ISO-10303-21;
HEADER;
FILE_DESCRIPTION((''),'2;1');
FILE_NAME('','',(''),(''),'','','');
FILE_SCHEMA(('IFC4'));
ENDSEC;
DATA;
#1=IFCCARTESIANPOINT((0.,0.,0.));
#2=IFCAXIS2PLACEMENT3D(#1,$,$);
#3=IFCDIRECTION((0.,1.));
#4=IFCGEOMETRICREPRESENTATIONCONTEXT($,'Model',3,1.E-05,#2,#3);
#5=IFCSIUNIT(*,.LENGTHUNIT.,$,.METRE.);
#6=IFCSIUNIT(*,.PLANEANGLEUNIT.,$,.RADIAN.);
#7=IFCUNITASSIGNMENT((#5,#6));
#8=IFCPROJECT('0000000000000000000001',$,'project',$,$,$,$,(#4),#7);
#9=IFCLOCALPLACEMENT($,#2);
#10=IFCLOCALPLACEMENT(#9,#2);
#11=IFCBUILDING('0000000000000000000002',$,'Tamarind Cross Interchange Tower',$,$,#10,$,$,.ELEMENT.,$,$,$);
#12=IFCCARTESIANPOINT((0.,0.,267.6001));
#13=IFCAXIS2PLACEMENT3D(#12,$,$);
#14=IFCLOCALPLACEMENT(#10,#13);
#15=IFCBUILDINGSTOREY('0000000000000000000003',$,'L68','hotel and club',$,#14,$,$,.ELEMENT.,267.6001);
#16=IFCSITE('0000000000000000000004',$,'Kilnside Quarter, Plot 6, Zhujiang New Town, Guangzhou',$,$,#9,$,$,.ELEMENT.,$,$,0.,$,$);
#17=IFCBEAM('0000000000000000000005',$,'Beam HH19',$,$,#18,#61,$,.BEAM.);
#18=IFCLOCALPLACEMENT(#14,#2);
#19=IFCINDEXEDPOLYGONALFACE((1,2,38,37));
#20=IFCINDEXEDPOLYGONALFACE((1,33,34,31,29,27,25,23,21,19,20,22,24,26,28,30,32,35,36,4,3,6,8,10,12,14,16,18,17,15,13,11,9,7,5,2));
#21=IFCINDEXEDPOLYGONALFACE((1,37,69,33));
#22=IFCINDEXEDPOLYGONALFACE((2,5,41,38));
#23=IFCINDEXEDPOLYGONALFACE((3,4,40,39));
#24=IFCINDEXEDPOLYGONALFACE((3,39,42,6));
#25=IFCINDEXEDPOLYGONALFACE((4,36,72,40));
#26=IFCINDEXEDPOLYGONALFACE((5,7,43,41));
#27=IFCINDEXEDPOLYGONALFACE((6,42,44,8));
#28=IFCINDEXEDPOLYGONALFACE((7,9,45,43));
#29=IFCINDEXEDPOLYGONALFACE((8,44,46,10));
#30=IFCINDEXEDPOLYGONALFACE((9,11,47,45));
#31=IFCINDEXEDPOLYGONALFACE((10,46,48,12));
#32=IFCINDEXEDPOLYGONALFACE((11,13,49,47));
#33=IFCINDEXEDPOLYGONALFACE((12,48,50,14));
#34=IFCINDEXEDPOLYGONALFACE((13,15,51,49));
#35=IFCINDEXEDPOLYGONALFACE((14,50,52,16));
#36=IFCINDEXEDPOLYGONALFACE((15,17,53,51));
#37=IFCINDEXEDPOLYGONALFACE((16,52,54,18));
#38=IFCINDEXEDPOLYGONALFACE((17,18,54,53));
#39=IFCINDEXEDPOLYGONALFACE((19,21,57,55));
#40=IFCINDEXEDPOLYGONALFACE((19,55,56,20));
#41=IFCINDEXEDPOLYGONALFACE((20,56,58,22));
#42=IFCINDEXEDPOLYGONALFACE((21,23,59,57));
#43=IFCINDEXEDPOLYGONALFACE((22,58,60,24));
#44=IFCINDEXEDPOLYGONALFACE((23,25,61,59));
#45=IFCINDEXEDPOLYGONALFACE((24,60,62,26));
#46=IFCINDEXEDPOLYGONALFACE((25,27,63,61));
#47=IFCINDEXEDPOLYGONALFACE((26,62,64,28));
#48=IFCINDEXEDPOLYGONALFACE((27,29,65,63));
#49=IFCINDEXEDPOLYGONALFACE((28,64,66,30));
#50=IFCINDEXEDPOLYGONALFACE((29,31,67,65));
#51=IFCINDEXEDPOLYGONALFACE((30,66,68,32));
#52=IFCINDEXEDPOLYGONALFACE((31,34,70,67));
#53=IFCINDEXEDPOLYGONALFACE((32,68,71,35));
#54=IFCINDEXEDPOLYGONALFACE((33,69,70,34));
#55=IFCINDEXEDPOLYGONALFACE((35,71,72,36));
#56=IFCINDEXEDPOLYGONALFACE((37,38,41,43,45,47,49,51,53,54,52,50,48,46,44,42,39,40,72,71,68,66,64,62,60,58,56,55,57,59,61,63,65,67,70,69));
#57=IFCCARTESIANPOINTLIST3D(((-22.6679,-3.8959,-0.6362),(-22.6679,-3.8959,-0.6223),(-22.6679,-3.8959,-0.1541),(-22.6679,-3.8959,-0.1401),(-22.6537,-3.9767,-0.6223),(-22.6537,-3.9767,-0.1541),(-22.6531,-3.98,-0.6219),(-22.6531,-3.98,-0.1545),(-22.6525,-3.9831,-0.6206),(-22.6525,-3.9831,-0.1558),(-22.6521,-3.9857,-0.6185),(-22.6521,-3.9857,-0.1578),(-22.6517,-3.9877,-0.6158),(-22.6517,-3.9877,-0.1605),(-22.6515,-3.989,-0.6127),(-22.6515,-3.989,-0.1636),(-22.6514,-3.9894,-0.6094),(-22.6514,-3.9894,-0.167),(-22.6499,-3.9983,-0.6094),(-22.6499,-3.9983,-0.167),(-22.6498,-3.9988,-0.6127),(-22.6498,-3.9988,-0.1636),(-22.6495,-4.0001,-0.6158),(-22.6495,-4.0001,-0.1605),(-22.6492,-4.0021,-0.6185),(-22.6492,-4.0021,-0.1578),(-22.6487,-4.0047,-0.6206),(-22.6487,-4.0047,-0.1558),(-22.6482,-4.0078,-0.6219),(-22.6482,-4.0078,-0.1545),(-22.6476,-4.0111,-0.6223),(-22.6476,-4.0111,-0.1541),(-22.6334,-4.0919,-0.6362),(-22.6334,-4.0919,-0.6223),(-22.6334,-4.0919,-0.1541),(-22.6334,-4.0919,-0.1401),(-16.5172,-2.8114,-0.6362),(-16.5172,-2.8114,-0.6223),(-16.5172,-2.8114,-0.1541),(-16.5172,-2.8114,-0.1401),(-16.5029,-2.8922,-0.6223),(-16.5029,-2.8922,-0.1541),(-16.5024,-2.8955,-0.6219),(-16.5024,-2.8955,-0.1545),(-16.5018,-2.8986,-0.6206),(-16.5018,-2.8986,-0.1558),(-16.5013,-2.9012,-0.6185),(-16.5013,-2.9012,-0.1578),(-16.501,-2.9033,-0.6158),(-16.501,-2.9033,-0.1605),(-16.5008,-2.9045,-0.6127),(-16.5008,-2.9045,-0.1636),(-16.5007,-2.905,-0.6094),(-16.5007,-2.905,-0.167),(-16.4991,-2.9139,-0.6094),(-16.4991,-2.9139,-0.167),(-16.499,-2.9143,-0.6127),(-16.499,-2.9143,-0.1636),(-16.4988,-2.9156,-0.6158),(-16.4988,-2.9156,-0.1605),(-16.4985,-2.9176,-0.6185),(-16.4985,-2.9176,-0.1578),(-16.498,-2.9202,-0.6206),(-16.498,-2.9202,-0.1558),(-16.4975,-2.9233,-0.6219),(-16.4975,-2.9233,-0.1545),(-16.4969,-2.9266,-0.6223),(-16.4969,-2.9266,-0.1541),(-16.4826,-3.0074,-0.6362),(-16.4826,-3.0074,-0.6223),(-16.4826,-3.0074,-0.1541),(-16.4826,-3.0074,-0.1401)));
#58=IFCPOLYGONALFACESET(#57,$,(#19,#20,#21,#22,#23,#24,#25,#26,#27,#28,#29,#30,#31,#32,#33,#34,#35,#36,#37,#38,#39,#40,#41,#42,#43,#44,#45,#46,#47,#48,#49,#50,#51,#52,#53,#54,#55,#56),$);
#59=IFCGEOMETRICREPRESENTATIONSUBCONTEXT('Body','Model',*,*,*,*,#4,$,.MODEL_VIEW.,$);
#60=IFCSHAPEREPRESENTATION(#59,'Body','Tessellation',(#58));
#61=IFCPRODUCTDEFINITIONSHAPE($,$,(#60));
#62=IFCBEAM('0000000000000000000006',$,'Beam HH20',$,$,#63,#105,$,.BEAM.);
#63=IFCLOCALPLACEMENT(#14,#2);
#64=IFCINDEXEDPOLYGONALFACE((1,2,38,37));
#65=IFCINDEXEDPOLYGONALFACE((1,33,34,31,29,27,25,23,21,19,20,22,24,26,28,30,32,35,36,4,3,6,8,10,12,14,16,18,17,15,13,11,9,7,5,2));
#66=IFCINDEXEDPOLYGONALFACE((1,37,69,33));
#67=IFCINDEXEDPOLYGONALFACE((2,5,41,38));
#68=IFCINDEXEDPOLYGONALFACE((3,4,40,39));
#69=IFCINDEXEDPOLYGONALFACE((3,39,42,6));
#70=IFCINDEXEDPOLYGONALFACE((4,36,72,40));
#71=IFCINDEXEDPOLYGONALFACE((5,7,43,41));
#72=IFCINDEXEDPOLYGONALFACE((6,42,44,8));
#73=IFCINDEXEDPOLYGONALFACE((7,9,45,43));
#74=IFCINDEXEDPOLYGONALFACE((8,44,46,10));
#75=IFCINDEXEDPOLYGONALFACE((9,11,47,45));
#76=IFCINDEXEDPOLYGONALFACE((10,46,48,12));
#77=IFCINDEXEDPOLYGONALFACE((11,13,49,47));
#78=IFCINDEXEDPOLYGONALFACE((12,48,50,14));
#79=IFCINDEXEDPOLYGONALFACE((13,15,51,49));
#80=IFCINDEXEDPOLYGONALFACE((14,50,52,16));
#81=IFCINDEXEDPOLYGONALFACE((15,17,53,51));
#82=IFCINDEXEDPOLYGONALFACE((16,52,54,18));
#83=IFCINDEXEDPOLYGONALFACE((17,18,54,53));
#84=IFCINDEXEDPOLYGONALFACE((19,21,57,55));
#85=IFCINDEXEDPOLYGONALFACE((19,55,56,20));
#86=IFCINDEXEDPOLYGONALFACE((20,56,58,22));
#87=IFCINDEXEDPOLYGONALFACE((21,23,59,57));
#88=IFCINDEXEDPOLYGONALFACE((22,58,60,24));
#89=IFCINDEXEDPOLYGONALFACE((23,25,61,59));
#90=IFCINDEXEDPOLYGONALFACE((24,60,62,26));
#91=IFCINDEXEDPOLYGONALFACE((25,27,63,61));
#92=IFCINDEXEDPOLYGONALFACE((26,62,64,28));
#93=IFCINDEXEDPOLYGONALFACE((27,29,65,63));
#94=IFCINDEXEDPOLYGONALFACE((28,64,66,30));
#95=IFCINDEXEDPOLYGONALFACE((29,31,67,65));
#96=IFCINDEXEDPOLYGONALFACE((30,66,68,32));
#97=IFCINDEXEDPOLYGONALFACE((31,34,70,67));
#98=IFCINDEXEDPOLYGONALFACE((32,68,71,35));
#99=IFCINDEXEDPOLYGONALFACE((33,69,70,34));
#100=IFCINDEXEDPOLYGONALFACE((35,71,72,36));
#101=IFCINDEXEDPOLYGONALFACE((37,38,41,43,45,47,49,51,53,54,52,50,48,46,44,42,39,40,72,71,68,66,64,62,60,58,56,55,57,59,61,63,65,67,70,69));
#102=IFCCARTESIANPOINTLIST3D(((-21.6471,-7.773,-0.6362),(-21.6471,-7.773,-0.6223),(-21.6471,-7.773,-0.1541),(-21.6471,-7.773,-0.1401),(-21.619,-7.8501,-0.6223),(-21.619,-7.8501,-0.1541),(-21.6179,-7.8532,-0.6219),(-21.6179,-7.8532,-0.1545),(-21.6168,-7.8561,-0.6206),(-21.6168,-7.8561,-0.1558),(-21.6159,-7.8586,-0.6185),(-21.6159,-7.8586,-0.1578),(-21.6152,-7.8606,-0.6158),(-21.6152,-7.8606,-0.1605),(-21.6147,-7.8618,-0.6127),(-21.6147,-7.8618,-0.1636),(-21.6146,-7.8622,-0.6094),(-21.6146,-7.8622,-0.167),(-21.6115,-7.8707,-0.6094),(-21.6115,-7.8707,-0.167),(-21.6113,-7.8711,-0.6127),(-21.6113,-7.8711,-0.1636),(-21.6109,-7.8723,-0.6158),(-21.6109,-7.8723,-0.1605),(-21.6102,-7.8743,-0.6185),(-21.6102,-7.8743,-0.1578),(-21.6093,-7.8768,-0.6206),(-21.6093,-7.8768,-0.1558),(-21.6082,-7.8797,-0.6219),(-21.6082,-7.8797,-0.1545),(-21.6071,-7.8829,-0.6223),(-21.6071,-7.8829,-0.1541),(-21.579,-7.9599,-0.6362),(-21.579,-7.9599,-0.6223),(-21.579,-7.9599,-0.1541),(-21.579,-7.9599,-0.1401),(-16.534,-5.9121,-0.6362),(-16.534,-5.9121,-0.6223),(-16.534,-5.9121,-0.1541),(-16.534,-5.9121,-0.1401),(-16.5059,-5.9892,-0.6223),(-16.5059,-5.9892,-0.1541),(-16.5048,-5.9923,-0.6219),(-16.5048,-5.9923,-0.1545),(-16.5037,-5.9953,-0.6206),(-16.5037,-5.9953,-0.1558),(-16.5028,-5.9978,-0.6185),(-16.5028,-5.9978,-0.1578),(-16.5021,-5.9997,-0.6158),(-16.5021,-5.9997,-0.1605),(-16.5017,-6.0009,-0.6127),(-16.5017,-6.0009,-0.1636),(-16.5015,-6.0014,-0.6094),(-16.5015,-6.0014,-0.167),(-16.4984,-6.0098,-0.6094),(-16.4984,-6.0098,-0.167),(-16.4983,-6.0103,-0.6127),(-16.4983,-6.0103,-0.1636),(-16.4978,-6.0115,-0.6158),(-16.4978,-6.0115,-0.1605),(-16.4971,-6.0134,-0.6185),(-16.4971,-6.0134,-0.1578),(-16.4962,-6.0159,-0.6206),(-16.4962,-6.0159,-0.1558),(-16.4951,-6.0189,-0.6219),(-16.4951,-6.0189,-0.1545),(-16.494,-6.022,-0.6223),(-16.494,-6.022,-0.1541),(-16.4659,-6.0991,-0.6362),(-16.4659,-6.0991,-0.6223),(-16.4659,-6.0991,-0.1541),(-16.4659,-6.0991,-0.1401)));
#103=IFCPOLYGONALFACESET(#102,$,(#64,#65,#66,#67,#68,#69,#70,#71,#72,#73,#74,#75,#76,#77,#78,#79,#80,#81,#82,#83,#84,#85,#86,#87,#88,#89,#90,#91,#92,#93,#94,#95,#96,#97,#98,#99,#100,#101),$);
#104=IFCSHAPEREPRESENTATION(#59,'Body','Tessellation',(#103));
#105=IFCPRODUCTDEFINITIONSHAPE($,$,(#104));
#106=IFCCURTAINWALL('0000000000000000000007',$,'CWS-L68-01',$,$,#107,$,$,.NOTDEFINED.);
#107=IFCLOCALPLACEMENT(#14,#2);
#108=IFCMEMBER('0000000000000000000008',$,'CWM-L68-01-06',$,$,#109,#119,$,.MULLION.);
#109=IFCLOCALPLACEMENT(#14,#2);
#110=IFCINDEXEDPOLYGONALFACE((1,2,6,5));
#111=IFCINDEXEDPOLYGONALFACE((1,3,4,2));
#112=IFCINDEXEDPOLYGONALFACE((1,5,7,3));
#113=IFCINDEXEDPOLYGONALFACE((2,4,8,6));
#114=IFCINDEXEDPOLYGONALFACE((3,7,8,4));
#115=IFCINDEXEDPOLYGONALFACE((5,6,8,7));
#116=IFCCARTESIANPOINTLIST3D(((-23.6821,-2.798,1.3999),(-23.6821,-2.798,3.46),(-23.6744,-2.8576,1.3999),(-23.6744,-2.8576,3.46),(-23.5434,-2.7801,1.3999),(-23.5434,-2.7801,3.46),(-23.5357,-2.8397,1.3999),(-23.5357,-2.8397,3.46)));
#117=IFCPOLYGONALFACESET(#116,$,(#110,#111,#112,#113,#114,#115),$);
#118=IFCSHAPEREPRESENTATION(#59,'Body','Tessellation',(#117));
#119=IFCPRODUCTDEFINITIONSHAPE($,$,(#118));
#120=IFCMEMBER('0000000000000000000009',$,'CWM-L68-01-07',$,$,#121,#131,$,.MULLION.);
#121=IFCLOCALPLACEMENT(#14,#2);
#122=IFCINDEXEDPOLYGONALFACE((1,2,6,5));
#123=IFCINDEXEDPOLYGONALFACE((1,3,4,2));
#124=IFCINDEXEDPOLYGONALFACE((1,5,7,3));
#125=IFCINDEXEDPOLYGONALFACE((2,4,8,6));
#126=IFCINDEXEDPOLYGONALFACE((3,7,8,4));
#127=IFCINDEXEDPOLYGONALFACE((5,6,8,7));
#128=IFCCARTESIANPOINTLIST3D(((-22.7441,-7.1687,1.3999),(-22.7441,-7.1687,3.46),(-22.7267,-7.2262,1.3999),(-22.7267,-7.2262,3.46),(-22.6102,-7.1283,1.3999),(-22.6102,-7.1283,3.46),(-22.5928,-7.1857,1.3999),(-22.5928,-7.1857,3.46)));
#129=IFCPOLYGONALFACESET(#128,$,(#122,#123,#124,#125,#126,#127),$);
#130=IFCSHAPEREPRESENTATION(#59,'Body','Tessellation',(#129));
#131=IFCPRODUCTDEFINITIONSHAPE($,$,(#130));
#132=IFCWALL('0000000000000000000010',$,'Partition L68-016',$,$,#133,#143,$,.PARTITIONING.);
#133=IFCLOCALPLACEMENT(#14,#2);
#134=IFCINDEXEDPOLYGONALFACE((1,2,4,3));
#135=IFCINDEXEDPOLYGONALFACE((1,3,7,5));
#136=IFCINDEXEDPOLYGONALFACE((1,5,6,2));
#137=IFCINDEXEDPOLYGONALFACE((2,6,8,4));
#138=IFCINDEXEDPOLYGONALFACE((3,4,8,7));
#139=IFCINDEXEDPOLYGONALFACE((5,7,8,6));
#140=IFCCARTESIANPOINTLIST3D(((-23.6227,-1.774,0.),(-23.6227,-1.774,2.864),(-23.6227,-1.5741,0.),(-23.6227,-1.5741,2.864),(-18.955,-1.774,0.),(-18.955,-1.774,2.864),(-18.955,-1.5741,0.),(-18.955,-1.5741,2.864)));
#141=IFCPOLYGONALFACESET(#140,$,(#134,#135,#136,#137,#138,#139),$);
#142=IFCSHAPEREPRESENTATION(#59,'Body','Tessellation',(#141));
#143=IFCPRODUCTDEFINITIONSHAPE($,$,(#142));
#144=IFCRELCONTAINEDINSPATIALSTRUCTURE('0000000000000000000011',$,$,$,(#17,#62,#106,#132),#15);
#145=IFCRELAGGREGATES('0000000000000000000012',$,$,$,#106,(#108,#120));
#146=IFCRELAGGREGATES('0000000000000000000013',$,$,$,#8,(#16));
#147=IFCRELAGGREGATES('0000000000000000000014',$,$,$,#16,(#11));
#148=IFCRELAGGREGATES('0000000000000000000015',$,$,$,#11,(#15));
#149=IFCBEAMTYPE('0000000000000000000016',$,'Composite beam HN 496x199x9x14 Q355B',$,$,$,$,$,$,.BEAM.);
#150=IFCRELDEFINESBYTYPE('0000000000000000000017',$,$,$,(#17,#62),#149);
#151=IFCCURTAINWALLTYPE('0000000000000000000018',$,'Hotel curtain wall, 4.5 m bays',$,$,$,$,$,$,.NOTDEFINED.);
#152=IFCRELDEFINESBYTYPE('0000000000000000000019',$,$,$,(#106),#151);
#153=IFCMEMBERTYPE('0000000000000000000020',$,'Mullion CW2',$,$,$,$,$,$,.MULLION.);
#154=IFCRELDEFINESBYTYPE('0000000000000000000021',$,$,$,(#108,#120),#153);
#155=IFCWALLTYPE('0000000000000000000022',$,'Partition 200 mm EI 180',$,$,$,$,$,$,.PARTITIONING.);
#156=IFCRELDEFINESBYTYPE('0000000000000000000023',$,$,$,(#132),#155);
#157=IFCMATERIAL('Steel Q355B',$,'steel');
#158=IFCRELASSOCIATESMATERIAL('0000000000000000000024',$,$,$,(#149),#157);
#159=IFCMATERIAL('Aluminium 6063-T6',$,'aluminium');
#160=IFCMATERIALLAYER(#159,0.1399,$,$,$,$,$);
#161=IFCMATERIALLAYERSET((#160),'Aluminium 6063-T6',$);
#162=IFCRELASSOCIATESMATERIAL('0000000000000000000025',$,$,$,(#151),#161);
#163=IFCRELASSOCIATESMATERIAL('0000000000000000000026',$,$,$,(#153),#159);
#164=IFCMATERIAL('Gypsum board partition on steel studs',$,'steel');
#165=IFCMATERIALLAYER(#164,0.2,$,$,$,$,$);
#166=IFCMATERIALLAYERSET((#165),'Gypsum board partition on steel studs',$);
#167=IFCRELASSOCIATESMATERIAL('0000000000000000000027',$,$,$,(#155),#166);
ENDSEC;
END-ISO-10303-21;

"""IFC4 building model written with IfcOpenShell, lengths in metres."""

from ifc_helpers import new_model, si_unit, direction, frame, frame_2d, origin, origin_2d, place, context, subcontext, project, spatial, rectangle, i_section, extrude, material, layer, layer_set, material_profile, profile_set, type_object, element, aggregate, save


model = new_model("IFC4")

# Units and contexts
model_context = context("Model", 3, precision=1e-05, world=origin(), true_north=direction((0.0, 1.0)))
body_context = subcontext(model_context, "Body", "Model", "MODEL_VIEW")
ifc_project = project(units=[si_unit("LENGTHUNIT", "METRE"), si_unit("PLANEANGLEUNIT", "RADIAN")], contexts=[model_context])

# Site, building, storey
site_placement = place(None, origin())
site = spatial("IfcSite", under=ifc_project, at=site_placement, Name="Kilnside Quarter, Plot 6, Zhujiang New Town, Guangzhou", CompositionType="ELEMENT", RefElevation=0.0)
building_placement = place(site_placement, origin())
building = spatial("IfcBuilding", under=site, at=building_placement, Name="Tamarind Cross Interchange Tower", CompositionType="ELEMENT")
storey_placement = place(building_placement, frame((0.0, 0.0, 267.6001)))
storey = spatial("IfcBuildingStorey", under=building, at=storey_placement, Name="L68", Description="hotel and club", CompositionType="ELEMENT", Elevation=267.6001)

# Beams
ifc_material_1 = material(Name="Steel Q355B", Category="steel")
ifc_material_profile_1 = material_profile(ifc_material_1, i_section(OverallWidth=0.199, OverallDepth=0.4961, WebThickness=0.009, FlangeThickness=0.0139, FilletRadius=0.0129, at=origin_2d()), Name="HN 496x199x9x14")
ifc_profile_set_1 = profile_set([ifc_material_profile_1], Name="Steel Q355B")
beam_type = type_object("IfcBeamType", Name="Composite beam HN 496x199x9x14 Q355B", PredefinedType="BEAM", material=ifc_profile_set_1)
beam_1_placement = place(storey_placement, frame((-22.6506, -3.9939, -0.3882), z_axis=(0.984809, 0.17364, 0.0), x_axis=(-0.17364, 0.984809, 0.0)))
element("IfcBeam", 1, at=beam_1_placement, inside=storey, type_object=beam_type, Name="Beam HH19", PredefinedType="BEAM", context=body_context, shape_type="SweptSolid", body=[
    extrude(i_section(OverallWidth=0.199, OverallDepth=0.4961, WebThickness=0.009, FlangeThickness=0.0139, FilletRadius=0.0129, at=origin_2d()), origin(), (0.0, 0.0, 1.0), 6.2456),
])
beam_2_placement = place(storey_placement, frame((-21.613, -7.8665, -0.3882), z_axis=(0.939702, 0.341995, 0.0), x_axis=(-0.341995, 0.939702, 0.0)))
element("IfcBeam", 2, at=beam_2_placement, inside=storey, type_object=beam_type, Name="Beam HH20", PredefinedType="BEAM", context=body_context, shape_type="SweptSolid", body=[
    extrude(i_section(OverallWidth=0.199, OverallDepth=0.4961, WebThickness=0.009, FlangeThickness=0.0139, FilletRadius=0.0129, at=origin_2d()), origin(), (0.0, 0.0, 1.0), 5.4412),
])

# Curtain wall, members
ifc_material_2 = material(Name="Aluminium 6063-T6", Category="aluminium")
ifc_layer_1 = layer(ifc_material_2, 0.1399)
ifc_layer_set_1 = layer_set([ifc_layer_1], Name="Aluminium 6063-T6")
curtain_wall_type = type_object("IfcCurtainWallType", Name="Hotel curtain wall, 4.5 m bays", PredefinedType="NOTDEFINED", material=ifc_layer_set_1)
curtain_wall_placement = place(storey_placement, origin())
curtain_wall = element("IfcCurtainWall", 3, at=curtain_wall_placement, inside=storey, type_object=curtain_wall_type, Name="CWS-L68-01", PredefinedType="NOTDEFINED")
ifc_material_profile_2 = material_profile(ifc_material_2, rectangle(XDim=0.0601, YDim=0.1399, at=origin_2d()), Name="Mullion CW2")
ifc_profile_set_2 = profile_set([ifc_material_profile_2], Name="Aluminium 6063-T6")
member_type = type_object("IfcMemberType", Name="Mullion CW2", PredefinedType="MULLION", material=ifc_profile_set_2)
member_1_placement = place(storey_placement, frame((-23.6089, -2.8188, 1.3999), z_axis=(0.0, 0.0, 1.0), x_axis=(0.127962, -0.991779, 0.0)))
member_1 = element("IfcMember", 4, at=member_1_placement, type_object=member_type, Name="CWM-L68-01-06", PredefinedType="MULLION", context=body_context, shape_type="SweptSolid", body=[
    extrude(rectangle(XDim=0.0601, YDim=0.1399, at=origin_2d()), origin(), (0.0, 0.0, 1.0), 2.0601),
])
member_2_placement = place(storey_placement, frame((-22.6685, -7.1772, 1.3999), z_axis=(0.0, 0.0, 1.0), x_axis=(0.289458, -0.957191, 0.0)))
member_2 = element("IfcMember", 5, at=member_2_placement, type_object=member_type, Name="CWM-L68-01-07", PredefinedType="MULLION", context=body_context, shape_type="SweptSolid", body=[
    extrude(rectangle(XDim=0.0601, YDim=0.1399, at=origin_2d()), origin(), (0.0, 0.0, 1.0), 2.0601),
])
aggregate(curtain_wall, [member_1, member_2])

# Wall
ifc_material_3 = material(Name="Gypsum board partition on steel studs", Category="steel")
ifc_layer_2 = layer(ifc_material_3, 0.2)
ifc_layer_set_2 = layer_set([ifc_layer_2], Name="Gypsum board partition on steel studs")
wall_type = type_object("IfcWallType", Name="Partition 200 mm EI 180", PredefinedType="PARTITIONING", material=ifc_layer_set_2)
wall_placement = place(storey_placement, frame((-23.6228, -1.6741, 0.0), z_axis=(0.0, 0.0, 1.0), x_axis=(1.0, 0.0, 0.0)))
element("IfcWall", 6, at=wall_placement, inside=storey, type_object=wall_type, Name="Partition L68-016", PredefinedType="PARTITIONING", context=body_context, shape_type="SweptSolid", body=[
    extrude(rectangle(XDim=4.6677, YDim=0.2, at=frame_2d((2.334, 0.0))), origin(), (0.0, 0.0, 1.0), 2.864),
])

save(model, "model.ifc")
